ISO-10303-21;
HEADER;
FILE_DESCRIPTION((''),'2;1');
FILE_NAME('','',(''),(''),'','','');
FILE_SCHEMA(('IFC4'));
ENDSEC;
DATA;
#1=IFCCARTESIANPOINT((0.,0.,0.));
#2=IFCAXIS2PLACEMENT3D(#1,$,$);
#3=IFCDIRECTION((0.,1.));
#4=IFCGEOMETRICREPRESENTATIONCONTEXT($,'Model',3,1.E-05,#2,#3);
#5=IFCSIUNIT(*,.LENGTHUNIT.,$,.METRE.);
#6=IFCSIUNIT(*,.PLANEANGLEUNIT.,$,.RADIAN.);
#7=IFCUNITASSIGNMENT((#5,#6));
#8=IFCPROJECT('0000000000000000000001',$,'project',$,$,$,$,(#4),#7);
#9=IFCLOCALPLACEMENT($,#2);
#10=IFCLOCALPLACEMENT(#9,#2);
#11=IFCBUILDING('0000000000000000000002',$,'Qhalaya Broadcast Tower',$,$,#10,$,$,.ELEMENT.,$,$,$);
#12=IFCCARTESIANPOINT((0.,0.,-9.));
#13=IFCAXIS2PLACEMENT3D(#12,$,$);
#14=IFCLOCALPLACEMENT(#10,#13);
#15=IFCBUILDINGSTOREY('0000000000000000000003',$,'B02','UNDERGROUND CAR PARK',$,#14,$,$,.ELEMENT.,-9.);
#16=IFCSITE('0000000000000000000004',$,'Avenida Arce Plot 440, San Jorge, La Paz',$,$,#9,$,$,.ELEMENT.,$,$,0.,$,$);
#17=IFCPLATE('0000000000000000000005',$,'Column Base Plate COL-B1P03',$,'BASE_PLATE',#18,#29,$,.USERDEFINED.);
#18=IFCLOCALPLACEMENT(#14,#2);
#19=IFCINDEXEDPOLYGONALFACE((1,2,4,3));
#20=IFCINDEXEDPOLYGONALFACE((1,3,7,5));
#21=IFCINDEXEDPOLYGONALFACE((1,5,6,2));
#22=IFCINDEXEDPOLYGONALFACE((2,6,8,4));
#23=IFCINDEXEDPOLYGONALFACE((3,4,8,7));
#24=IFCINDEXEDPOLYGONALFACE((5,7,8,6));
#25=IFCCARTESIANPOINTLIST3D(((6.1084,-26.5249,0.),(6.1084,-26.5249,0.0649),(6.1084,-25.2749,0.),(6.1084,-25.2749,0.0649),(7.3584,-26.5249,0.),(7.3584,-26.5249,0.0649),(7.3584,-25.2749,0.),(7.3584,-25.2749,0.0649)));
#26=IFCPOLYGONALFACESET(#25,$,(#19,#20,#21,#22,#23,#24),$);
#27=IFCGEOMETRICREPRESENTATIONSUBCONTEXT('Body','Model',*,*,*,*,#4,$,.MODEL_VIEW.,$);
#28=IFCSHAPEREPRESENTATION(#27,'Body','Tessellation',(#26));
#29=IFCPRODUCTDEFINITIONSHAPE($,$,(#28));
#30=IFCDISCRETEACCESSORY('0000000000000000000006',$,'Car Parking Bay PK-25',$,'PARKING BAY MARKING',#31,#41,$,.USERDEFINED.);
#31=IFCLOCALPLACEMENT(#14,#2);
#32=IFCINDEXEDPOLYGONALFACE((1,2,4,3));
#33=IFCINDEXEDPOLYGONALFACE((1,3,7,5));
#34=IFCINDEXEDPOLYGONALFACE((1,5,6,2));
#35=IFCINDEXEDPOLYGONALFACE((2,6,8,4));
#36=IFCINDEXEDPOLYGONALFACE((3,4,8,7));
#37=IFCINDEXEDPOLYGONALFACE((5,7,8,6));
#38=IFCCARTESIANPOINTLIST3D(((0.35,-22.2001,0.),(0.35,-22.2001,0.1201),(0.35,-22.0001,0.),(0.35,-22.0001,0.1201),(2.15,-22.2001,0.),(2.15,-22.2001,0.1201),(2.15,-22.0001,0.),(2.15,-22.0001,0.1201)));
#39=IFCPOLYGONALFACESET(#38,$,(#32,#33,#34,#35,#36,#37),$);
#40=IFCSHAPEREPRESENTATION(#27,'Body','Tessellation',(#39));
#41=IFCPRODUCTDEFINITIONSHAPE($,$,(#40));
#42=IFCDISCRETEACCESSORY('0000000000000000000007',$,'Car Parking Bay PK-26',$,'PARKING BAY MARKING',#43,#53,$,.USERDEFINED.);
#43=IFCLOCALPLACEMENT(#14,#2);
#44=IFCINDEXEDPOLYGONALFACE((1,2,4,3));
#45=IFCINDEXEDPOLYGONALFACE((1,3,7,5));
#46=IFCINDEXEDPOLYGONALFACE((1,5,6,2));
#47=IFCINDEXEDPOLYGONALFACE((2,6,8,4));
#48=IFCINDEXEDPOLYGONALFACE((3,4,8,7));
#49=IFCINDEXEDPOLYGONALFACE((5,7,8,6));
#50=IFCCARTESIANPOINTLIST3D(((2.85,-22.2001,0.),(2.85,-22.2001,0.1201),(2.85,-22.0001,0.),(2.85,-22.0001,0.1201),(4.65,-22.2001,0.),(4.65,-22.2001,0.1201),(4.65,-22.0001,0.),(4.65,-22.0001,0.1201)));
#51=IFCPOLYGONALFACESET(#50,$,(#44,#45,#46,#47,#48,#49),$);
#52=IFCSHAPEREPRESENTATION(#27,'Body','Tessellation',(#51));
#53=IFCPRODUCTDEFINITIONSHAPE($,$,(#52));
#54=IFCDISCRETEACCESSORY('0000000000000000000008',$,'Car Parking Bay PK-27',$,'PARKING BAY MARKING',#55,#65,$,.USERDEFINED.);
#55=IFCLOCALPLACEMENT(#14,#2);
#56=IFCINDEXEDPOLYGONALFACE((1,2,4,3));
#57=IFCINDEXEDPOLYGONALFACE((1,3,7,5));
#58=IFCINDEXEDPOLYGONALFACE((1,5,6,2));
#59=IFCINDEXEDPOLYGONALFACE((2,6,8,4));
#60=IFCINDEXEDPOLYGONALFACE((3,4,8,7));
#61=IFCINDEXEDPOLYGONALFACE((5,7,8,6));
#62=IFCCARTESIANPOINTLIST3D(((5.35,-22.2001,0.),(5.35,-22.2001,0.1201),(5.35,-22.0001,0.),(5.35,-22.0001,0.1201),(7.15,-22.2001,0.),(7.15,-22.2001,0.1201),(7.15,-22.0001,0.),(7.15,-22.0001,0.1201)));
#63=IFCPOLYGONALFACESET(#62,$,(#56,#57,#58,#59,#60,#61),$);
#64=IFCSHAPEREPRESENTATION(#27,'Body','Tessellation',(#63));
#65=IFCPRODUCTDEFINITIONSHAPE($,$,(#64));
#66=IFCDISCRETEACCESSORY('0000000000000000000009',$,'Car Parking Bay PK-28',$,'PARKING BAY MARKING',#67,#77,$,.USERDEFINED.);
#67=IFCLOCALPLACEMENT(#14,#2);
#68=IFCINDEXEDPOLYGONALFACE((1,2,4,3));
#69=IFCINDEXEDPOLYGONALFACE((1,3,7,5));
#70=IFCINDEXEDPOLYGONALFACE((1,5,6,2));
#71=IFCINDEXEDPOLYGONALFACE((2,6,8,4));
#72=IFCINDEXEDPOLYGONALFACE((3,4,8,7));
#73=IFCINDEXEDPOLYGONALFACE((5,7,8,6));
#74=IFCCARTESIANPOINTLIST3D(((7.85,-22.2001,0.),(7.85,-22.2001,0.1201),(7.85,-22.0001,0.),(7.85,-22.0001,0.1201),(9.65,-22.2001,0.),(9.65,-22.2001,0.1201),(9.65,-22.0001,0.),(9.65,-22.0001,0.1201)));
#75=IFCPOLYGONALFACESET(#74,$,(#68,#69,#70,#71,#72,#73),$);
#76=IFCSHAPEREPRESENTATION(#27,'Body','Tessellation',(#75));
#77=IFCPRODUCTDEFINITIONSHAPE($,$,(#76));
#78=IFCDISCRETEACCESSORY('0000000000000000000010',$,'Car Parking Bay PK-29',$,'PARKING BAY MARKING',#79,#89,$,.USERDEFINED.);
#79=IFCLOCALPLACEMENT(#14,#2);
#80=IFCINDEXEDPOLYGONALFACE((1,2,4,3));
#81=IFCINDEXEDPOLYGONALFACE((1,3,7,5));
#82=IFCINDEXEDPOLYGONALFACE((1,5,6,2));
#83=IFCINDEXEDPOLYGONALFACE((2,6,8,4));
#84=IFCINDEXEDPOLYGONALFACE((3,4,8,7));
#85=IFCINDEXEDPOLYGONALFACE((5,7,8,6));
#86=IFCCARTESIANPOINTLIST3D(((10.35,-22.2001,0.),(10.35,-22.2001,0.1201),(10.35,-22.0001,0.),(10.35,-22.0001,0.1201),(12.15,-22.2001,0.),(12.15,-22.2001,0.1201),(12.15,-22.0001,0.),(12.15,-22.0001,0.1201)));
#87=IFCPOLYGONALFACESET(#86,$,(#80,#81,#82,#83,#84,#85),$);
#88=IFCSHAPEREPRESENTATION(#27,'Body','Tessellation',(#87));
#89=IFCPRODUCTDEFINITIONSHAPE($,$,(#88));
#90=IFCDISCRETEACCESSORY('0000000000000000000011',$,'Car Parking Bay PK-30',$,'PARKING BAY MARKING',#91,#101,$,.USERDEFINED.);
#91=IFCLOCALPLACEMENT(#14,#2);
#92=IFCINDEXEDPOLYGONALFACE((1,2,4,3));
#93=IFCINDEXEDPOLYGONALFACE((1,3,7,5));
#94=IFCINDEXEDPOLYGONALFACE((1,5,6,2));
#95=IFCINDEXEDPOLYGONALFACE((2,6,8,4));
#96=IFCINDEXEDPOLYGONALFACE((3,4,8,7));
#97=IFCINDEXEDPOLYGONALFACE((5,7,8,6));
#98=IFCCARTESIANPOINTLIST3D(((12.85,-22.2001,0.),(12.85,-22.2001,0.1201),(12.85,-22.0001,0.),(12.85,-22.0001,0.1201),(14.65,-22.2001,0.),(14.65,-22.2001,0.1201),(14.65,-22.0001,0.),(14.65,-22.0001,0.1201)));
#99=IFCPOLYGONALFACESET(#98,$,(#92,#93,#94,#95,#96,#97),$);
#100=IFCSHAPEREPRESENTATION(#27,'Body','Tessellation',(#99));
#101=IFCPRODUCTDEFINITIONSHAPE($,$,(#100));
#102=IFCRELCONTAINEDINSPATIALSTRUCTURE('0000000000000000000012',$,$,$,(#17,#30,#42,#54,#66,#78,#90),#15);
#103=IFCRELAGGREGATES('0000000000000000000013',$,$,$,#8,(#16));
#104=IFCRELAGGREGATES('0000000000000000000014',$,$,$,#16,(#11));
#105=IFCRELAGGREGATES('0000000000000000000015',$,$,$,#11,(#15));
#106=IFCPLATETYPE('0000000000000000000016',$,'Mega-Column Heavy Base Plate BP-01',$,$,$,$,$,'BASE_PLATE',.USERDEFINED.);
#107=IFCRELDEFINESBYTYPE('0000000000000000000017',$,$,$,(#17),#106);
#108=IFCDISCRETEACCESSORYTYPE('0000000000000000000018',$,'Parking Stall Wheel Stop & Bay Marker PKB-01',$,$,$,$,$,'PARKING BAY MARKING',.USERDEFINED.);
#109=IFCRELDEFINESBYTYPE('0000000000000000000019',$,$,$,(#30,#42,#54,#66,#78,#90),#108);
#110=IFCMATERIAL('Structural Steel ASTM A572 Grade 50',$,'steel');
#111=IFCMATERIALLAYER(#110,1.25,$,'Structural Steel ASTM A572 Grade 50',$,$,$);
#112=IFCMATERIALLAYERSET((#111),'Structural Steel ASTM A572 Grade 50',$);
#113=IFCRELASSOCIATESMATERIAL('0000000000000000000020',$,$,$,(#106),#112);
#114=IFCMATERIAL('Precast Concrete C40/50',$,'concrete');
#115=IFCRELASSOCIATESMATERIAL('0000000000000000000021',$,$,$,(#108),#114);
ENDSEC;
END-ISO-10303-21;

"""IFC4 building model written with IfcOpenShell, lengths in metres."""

from ifc_helpers import new_model, si_unit, direction, frame, origin, origin_2d, place, context, subcontext, project, spatial, rectangle, extrude, material, layer, layer_set, type_object, element, save


model = new_model("IFC4")

# Units and contexts
model_context = context("Model", 3, precision=1e-05, world=origin(), true_north=direction((0.0, 1.0)))
body_context = subcontext(model_context, "Body", "Model", "MODEL_VIEW")
ifc_project = project(units=[si_unit("LENGTHUNIT", "METRE"), si_unit("PLANEANGLEUNIT", "RADIAN")], contexts=[model_context])

# Site, building, storey
site_placement = place(None, origin())
site = spatial("IfcSite", under=ifc_project, at=site_placement, Name="Avenida Arce Plot 440, San Jorge, La Paz", CompositionType="ELEMENT", RefElevation=0.0)
building_placement = place(site_placement, origin())
building = spatial("IfcBuilding", under=site, at=building_placement, Name="Qhalaya Broadcast Tower", CompositionType="ELEMENT")
storey_placement = place(building_placement, frame((0.0, 0.0, -9.0)))
storey = spatial("IfcBuildingStorey", under=building, at=storey_placement, Name="B02", Description="UNDERGROUND CAR PARK", CompositionType="ELEMENT", Elevation=-9.0)

# Plate
ifc_material_1 = material(Name="Structural Steel ASTM A572 Grade 50", Category="steel")
ifc_layer = layer(ifc_material_1, 1.25, Name="Structural Steel ASTM A572 Grade 50")
ifc_layer_set = layer_set([ifc_layer], Name="Structural Steel ASTM A572 Grade 50")
plate_type = type_object("IfcPlateType", Name="Mega-Column Heavy Base Plate BP-01", ElementType="BASE_PLATE", PredefinedType="USERDEFINED", material=ifc_layer_set)
for number, where, z_axis, x_axis, name in (
    (1, (6.7334, -25.8999, 0.0), (0.0, 0.0, 1.0), (1.0, 0.0, 0.0), "Column Base Plate COL-B1P03"),
):
    element("IfcPlate", number, at=place(storey_placement, frame(where, z_axis=z_axis, x_axis=x_axis)), inside=storey, type_object=plate_type, Name=name, ObjectType="BASE_PLATE", PredefinedType="USERDEFINED", context=body_context, shape_type="SweptSolid", body=[
        extrude(rectangle(XDim=1.25, YDim=1.25, at=origin_2d()), origin(), (0.0, 0.0, 1.0), 0.0649),
    ])

# Discrete accessories
ifc_material_2 = material(Name="Precast Concrete C40/50", Category="concrete")
discrete_accessory_type = type_object("IfcDiscreteAccessoryType", Name="Parking Stall Wheel Stop & Bay Marker PKB-01", ElementType="PARKING BAY MARKING", PredefinedType="USERDEFINED", material=ifc_material_2)
for number, where, z_axis, x_axis, name in (
    (2, (1.25, -22.1001, 0.0), (0.0, 0.0, 1.0), (1.0, 0.0, 0.0), "Car Parking Bay PK-25"),
    (3, (3.75, -22.1001, 0.0), (0.0, 0.0, 1.0), (1.0, 0.0, 0.0), "Car Parking Bay PK-26"),
    (4, (6.25, -22.1001, 0.0), (0.0, 0.0, 1.0), (1.0, 0.0, 0.0), "Car Parking Bay PK-27"),
    (5, (8.75, -22.1001, 0.0), (0.0, 0.0, 1.0), (1.0, 0.0, 0.0), "Car Parking Bay PK-28"),
    (6, (11.25, -22.1001, 0.0), (0.0, 0.0, 1.0), (1.0, 0.0, 0.0), "Car Parking Bay PK-29"),
    (7, (13.75, -22.1001, 0.0), (0.0, 0.0, 1.0), (1.0, 0.0, 0.0), "Car Parking Bay PK-30"),
):
    element("IfcDiscreteAccessory", number, at=place(storey_placement, frame(where, z_axis=z_axis, x_axis=x_axis)), inside=storey, type_object=discrete_accessory_type, Name=name, ObjectType="PARKING BAY MARKING", PredefinedType="USERDEFINED", context=body_context, shape_type="SweptSolid", body=[
        extrude(rectangle(XDim=1.8, YDim=0.2, at=origin_2d()), origin(), (0.0, 0.0, 1.0), 0.1201),
    ])

save(model, "model.ifc")
